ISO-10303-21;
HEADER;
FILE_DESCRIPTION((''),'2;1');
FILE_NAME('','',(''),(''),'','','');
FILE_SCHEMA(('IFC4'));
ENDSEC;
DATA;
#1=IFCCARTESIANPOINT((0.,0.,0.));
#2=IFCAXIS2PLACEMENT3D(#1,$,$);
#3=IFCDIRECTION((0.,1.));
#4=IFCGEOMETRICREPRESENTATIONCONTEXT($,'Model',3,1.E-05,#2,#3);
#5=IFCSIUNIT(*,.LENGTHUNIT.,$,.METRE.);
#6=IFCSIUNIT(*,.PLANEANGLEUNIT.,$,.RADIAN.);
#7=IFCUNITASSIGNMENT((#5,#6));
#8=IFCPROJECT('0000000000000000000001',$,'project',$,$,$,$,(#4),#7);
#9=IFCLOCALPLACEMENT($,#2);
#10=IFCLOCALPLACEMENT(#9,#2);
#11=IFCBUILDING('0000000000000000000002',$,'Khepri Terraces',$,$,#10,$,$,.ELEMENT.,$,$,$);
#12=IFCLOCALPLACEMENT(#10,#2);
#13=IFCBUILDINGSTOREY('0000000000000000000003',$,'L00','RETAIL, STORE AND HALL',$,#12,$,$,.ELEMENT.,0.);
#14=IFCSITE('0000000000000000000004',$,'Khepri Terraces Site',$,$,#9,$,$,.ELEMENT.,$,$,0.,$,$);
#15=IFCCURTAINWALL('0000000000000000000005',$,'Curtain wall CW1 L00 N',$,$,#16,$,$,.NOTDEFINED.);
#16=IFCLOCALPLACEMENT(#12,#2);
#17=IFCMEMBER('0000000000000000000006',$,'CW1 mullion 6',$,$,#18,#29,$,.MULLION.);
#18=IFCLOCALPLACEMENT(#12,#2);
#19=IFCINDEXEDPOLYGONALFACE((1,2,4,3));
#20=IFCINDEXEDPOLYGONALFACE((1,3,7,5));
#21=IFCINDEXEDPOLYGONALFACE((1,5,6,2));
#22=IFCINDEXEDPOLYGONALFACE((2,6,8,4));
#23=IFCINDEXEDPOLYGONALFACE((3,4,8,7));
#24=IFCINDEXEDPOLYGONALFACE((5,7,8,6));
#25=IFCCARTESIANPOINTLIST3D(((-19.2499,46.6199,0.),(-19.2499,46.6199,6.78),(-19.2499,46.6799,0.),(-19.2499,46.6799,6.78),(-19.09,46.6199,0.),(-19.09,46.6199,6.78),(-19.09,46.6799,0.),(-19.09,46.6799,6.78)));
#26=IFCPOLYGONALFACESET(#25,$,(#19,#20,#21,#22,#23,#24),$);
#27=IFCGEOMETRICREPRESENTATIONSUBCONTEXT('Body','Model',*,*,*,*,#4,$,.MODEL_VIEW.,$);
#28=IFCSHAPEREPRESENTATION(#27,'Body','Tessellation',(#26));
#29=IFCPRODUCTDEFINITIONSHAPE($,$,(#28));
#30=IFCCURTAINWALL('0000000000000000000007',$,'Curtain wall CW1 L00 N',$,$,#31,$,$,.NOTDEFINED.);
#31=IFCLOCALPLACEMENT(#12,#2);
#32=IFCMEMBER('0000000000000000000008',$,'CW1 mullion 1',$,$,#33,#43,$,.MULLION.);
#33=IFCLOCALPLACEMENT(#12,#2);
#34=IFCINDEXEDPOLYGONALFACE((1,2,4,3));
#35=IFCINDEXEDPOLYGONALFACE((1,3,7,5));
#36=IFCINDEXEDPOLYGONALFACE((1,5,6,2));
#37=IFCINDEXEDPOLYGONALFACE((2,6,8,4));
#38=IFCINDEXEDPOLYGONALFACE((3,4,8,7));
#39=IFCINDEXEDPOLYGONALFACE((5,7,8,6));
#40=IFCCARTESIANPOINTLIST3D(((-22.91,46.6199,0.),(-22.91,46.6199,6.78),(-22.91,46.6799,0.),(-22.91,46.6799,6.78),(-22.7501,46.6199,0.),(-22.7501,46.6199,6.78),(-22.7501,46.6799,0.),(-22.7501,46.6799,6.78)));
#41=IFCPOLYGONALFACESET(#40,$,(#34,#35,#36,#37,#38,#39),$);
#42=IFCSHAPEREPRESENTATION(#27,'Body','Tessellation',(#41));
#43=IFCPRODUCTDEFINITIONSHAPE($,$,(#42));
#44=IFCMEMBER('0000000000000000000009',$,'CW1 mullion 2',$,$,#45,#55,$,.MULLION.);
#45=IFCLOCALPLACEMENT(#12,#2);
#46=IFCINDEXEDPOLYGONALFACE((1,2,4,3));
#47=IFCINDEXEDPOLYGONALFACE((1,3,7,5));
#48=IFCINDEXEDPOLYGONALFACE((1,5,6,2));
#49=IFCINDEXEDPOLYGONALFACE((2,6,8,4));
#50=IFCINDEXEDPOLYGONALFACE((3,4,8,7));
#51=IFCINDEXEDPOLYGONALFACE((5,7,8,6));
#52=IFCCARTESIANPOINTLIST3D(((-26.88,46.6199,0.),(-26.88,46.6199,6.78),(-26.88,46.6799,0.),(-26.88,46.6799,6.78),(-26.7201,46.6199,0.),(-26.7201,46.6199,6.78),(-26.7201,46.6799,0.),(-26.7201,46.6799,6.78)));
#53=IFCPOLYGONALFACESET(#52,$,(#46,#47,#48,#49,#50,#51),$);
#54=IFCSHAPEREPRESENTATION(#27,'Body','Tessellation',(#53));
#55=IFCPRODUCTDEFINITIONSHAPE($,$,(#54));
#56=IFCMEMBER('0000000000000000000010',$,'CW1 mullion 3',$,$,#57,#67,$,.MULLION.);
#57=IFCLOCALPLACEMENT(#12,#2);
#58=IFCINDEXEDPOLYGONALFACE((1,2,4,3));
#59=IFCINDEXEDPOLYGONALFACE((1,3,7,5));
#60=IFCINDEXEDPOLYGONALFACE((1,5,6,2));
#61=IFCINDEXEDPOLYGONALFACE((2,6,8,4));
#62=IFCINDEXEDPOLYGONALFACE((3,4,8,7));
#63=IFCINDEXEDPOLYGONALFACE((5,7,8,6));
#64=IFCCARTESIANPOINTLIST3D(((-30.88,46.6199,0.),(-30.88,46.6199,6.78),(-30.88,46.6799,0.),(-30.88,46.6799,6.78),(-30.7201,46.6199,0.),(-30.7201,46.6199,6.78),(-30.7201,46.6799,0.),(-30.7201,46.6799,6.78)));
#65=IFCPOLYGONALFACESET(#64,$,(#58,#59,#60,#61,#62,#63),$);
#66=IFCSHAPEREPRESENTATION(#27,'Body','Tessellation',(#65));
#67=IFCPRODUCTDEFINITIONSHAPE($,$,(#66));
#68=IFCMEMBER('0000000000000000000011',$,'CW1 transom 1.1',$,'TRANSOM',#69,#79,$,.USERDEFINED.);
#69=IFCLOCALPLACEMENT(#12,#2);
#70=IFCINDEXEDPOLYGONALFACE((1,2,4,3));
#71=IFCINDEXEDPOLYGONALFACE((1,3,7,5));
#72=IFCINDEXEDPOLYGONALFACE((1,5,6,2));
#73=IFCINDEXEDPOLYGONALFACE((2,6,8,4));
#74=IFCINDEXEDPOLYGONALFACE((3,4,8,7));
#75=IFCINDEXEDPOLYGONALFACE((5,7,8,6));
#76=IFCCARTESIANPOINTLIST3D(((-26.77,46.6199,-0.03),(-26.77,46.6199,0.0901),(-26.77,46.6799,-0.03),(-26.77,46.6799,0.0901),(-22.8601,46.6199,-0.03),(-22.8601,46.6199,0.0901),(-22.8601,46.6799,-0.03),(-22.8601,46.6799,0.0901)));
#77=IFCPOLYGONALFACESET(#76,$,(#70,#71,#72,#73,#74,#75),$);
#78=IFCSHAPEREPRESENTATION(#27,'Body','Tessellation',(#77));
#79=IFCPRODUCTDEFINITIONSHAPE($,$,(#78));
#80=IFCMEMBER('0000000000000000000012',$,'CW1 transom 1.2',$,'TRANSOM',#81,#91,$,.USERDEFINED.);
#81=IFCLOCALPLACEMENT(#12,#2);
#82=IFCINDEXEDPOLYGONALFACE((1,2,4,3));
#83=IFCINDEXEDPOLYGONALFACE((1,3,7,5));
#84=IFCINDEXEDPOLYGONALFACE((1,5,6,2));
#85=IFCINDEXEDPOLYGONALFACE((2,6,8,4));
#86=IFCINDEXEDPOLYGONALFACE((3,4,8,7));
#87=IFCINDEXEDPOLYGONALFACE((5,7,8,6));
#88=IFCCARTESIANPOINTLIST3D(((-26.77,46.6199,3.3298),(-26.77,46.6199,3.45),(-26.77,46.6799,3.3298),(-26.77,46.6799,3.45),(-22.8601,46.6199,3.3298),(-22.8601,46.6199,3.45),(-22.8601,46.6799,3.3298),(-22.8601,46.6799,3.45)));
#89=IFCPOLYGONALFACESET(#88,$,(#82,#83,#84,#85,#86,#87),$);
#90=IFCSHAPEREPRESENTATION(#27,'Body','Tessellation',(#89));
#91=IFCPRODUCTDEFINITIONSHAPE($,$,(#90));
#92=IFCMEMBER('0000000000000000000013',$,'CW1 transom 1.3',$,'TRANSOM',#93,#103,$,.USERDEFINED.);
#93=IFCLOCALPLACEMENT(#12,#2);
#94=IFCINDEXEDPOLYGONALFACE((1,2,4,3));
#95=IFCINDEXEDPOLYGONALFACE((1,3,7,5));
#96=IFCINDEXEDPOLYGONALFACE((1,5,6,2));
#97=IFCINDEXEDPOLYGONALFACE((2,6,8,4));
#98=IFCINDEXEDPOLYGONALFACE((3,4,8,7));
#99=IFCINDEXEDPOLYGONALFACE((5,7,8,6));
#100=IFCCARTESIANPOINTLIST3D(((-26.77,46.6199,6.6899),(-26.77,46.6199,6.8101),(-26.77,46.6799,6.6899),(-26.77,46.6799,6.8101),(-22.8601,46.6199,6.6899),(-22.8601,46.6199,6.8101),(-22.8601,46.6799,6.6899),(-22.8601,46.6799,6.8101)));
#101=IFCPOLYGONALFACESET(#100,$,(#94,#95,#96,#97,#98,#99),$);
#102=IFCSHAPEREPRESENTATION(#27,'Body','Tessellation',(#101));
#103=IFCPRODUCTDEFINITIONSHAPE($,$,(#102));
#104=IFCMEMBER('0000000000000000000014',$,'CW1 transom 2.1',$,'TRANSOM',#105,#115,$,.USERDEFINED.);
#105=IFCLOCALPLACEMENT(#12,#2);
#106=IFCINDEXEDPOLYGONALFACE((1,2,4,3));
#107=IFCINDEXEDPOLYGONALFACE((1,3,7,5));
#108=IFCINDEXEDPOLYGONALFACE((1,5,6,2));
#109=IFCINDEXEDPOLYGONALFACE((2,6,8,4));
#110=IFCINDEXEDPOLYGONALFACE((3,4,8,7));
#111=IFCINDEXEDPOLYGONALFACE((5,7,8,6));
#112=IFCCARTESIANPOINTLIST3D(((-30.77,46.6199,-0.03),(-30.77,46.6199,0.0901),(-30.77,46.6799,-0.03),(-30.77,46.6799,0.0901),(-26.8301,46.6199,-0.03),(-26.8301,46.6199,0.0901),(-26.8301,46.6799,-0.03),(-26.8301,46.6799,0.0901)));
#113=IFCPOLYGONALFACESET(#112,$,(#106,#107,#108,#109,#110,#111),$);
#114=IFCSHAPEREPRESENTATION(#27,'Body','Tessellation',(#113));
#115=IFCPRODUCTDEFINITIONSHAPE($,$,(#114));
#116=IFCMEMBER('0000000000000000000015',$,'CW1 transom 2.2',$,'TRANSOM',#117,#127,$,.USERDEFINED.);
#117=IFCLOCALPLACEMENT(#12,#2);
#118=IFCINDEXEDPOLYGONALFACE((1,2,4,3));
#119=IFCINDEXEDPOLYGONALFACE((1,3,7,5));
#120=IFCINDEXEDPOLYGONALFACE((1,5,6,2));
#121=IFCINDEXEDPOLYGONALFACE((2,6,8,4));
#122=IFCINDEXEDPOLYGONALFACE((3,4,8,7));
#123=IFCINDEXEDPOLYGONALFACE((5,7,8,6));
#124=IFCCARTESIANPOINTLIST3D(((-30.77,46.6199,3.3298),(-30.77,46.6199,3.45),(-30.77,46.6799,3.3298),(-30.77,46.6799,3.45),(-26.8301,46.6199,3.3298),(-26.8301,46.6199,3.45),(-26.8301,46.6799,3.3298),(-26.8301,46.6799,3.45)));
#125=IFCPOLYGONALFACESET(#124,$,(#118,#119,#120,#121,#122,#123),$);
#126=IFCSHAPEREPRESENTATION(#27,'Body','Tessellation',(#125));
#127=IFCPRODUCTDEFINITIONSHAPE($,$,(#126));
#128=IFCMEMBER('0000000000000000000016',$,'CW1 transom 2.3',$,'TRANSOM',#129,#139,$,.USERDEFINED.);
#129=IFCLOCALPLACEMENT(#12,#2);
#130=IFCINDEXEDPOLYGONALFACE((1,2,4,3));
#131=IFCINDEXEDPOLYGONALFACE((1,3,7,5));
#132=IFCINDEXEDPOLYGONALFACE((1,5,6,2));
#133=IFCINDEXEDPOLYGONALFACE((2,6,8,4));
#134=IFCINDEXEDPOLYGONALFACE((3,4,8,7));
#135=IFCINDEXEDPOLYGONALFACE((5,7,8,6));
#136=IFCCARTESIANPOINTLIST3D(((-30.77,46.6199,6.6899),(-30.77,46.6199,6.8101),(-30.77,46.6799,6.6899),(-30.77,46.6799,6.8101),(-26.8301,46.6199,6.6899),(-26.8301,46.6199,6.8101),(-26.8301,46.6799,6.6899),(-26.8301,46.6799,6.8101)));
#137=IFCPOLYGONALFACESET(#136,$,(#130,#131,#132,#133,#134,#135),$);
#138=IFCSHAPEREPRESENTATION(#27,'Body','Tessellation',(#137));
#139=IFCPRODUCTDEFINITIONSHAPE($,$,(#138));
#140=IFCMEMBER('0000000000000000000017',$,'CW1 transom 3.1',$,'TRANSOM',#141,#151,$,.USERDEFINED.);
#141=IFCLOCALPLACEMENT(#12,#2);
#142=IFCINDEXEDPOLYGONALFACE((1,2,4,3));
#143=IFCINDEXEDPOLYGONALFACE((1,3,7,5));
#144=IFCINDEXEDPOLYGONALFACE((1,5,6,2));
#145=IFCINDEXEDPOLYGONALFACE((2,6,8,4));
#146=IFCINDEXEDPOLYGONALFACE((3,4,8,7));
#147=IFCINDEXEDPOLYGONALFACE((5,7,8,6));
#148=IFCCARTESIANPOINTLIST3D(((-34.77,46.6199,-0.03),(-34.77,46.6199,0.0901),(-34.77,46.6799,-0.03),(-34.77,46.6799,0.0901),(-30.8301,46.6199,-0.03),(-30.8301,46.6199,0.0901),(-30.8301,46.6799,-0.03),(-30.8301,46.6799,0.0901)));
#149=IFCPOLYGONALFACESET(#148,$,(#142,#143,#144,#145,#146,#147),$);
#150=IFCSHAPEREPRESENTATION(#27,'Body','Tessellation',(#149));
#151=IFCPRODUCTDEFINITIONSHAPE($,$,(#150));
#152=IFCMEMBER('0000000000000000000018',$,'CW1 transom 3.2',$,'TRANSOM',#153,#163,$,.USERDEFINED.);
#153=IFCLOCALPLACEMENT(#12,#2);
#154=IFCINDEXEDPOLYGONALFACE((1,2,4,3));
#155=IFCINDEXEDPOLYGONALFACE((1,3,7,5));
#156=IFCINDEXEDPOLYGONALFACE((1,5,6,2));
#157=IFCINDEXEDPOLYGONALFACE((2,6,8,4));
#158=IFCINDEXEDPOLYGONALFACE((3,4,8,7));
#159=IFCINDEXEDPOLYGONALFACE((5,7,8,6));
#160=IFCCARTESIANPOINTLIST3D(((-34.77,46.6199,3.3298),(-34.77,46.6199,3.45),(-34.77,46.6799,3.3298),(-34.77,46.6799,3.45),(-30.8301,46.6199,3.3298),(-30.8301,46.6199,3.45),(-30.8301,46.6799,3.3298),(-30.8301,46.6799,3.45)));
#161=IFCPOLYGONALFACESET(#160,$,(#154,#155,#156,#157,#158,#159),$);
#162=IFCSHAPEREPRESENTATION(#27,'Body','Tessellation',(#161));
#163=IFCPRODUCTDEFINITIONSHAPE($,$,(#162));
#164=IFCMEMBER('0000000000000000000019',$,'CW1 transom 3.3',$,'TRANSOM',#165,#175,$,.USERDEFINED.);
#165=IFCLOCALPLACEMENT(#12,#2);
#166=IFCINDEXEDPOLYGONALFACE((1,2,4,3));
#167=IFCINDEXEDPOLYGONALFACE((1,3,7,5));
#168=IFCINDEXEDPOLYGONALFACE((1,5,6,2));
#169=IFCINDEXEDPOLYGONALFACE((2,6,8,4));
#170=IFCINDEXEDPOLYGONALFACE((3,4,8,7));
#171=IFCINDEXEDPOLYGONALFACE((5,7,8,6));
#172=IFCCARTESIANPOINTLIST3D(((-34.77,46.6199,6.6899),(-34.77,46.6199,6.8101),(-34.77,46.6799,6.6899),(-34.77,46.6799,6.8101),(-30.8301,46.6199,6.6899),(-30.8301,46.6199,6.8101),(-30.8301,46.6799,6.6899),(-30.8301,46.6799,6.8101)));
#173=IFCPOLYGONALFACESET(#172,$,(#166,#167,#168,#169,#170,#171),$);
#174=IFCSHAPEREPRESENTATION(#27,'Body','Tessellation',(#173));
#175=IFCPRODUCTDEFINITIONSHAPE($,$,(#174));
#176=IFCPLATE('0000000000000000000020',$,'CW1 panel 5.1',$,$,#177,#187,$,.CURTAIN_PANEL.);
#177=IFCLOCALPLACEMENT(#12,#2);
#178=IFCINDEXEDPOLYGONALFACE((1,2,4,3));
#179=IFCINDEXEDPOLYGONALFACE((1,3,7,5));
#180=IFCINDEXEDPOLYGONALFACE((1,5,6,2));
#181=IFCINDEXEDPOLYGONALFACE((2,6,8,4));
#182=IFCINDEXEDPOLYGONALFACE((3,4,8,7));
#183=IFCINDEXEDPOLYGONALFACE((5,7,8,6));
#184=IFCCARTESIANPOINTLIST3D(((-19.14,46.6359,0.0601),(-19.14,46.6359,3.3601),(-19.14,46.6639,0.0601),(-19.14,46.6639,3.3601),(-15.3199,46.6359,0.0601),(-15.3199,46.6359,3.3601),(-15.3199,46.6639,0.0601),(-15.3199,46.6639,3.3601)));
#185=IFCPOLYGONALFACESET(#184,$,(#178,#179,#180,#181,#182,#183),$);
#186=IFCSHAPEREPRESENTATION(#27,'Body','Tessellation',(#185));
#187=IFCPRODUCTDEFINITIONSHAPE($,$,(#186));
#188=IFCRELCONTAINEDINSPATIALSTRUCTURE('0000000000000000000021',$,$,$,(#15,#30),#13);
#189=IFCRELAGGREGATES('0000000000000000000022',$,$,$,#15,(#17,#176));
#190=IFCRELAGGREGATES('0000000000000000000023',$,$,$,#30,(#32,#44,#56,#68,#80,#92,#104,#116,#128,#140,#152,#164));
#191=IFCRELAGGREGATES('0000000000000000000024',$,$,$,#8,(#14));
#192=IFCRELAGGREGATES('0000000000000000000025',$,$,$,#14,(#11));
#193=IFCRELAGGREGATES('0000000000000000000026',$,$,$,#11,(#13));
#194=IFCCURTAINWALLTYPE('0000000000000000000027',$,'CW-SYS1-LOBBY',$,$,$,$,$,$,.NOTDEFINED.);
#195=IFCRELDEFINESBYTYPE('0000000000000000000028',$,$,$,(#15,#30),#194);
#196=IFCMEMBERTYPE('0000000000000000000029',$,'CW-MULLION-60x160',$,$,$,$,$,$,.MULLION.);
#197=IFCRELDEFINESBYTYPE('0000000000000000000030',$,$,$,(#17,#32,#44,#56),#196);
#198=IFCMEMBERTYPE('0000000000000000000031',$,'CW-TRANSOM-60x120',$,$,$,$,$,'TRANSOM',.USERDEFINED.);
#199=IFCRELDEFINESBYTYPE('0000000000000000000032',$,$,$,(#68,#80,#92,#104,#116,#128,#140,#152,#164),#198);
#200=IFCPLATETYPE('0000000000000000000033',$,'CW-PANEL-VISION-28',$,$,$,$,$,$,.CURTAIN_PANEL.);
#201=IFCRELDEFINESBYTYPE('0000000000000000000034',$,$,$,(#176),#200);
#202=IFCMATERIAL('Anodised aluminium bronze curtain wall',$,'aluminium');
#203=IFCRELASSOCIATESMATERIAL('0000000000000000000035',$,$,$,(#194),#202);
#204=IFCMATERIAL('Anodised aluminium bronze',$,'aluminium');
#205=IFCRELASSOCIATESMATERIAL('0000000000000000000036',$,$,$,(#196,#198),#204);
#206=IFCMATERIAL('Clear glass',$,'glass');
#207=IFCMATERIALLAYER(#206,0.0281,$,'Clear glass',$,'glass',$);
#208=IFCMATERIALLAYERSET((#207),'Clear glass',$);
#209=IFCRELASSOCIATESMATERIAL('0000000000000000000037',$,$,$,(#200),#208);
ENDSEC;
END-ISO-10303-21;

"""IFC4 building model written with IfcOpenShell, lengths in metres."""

from ifc_helpers import new_model, si_unit, direction, frame, origin, origin_2d, place, context, subcontext, project, spatial, rectangle, extrude, material, layer, layer_set, material_profile, profile_set, type_object, element, aggregate, save


model = new_model("IFC4")

# Units and contexts
model_context = context("Model", 3, precision=1e-05, world=origin(), true_north=direction((0.0, 1.0)))
body_context = subcontext(model_context, "Body", "Model", "MODEL_VIEW")
ifc_project = project(units=[si_unit("LENGTHUNIT", "METRE"), si_unit("PLANEANGLEUNIT", "RADIAN")], contexts=[model_context])

# Site, building, storey
site_placement = place(None, origin())
site = spatial("IfcSite", under=ifc_project, at=site_placement, Name="Khepri Terraces Site", CompositionType="ELEMENT", RefElevation=0.0)
building_placement = place(site_placement, origin())
building = spatial("IfcBuilding", under=site, at=building_placement, Name="Khepri Terraces", CompositionType="ELEMENT")
storey_placement = place(building_placement, origin())
storey = spatial("IfcBuildingStorey", under=building, at=storey_placement, Name="L00", Description="RETAIL, STORE AND HALL", CompositionType="ELEMENT", Elevation=0.0)

# Curtain wall, member
ifc_material_1 = material(Name="Anodised aluminium bronze curtain wall", Category="aluminium")
curtain_wall_type = type_object("IfcCurtainWallType", Name="CW-SYS1-LOBBY", PredefinedType="NOTDEFINED", material=ifc_material_1)
curtain_wall_1_placement = place(storey_placement, origin())
curtain_wall_1 = element("IfcCurtainWall", 1, at=curtain_wall_1_placement, inside=storey, type_object=curtain_wall_type, Name="Curtain wall CW1 L00 N", PredefinedType="NOTDEFINED")
ifc_material_2 = material(Name="Anodised aluminium bronze", Category="aluminium")
ifc_material_profile_1 = material_profile(ifc_material_2, rectangle(XDim=0.0601, YDim=0.1599, at=origin_2d()), Name="Anodised aluminium bronze", Category="aluminium")
ifc_profile_set_1 = profile_set([ifc_material_profile_1], Name="Anodised aluminium bronze")
member_type_1 = type_object("IfcMemberType", Name="CW-MULLION-60x160", PredefinedType="MULLION", material=ifc_profile_set_1)
member_1_placement = place(storey_placement, frame((-19.1699, 46.6499, 0.0), z_axis=(0.0, 0.0, 1.0), x_axis=(0.0, -1.0, 0.0)))
member_1 = element("IfcMember", 2, at=member_1_placement, type_object=member_type_1, Name="CW1 mullion 6", PredefinedType="MULLION", context=body_context, shape_type="SweptSolid", body=[
    extrude(rectangle(XDim=0.0601, YDim=0.1599, at=origin_2d()), origin(), (0.0, 0.0, 1.0), 6.78),
])

# Curtain wall, members
curtain_wall_2_placement = place(storey_placement, origin())
curtain_wall_2 = element("IfcCurtainWall", 3, at=curtain_wall_2_placement, inside=storey, type_object=curtain_wall_type, Name="Curtain wall CW1 L00 N", PredefinedType="NOTDEFINED")
member_2_placement = place(storey_placement, frame((-22.8301, 46.6499, 0.0), z_axis=(0.0, 0.0, 1.0), x_axis=(0.0, -1.0, 0.0)))
member_2 = element("IfcMember", 4, at=member_2_placement, type_object=member_type_1, Name="CW1 mullion 1", PredefinedType="MULLION", context=body_context, shape_type="SweptSolid", body=[
    extrude(rectangle(XDim=0.0601, YDim=0.1599, at=origin_2d()), origin(), (0.0, 0.0, 1.0), 6.78),
])
member_3_placement = place(storey_placement, frame((-26.8, 46.6499, 0.0), z_axis=(0.0, 0.0, 1.0), x_axis=(0.0, -1.0, 0.0)))
member_3 = element("IfcMember", 5, at=member_3_placement, type_object=member_type_1, Name="CW1 mullion 2", PredefinedType="MULLION", context=body_context, shape_type="SweptSolid", body=[
    extrude(rectangle(XDim=0.0601, YDim=0.1599, at=origin_2d()), origin(), (0.0, 0.0, 1.0), 6.78),
])
member_4_placement = place(storey_placement, frame((-30.8, 46.6499, 0.0), z_axis=(0.0, 0.0, 1.0), x_axis=(0.0, -1.0, 0.0)))
member_4 = element("IfcMember", 6, at=member_4_placement, type_object=member_type_1, Name="CW1 mullion 3", PredefinedType="MULLION", context=body_context, shape_type="SweptSolid", body=[
    extrude(rectangle(XDim=0.0601, YDim=0.1599, at=origin_2d()), origin(), (0.0, 0.0, 1.0), 6.78),
])
ifc_material_profile_2 = material_profile(ifc_material_2, rectangle(XDim=0.0601, YDim=0.1201, at=origin_2d()), Name="Anodised aluminium bronze", Category="aluminium")
ifc_profile_set_2 = profile_set([ifc_material_profile_2], Name="Anodised aluminium bronze")
member_type_2 = type_object("IfcMemberType", Name="CW-TRANSOM-60x120", ElementType="TRANSOM", PredefinedType="USERDEFINED", material=ifc_profile_set_2)
member_5_placement = place(storey_placement, frame((-22.8601, 46.6499, 0.03), z_axis=(-1.0, 0.0, 0.0), x_axis=(0.0, -1.0, 0.0)))
member_5 = element("IfcMember", 7, at=member_5_placement, type_object=member_type_2, Name="CW1 transom 1.1", ObjectType="TRANSOM", PredefinedType="USERDEFINED", context=body_context, shape_type="SweptSolid", body=[
    extrude(rectangle(XDim=0.0601, YDim=0.1201, at=origin_2d()), origin(), (0.0, 0.0, 1.0), 3.9099),
])
member_6_placement = place(storey_placement, frame((-22.8601, 46.6499, 3.3899), z_axis=(-1.0, 0.0, 0.0), x_axis=(0.0, -1.0, 0.0)))
member_6 = element("IfcMember", 8, at=member_6_placement, type_object=member_type_2, Name="CW1 transom 1.2", ObjectType="TRANSOM", PredefinedType="USERDEFINED", context=body_context, shape_type="SweptSolid", body=[
    extrude(rectangle(XDim=0.0601, YDim=0.1201, at=origin_2d()), origin(), (0.0, 0.0, 1.0), 3.9099),
])
member_7_placement = place(storey_placement, frame((-22.8601, 46.6499, 6.75), z_axis=(-1.0, 0.0, 0.0), x_axis=(0.0, -1.0, 0.0)))
member_7 = element("IfcMember", 9, at=member_7_placement, type_object=member_type_2, Name="CW1 transom 1.3", ObjectType="TRANSOM", PredefinedType="USERDEFINED", context=body_context, shape_type="SweptSolid", body=[
    extrude(rectangle(XDim=0.0601, YDim=0.1201, at=origin_2d()), origin(), (0.0, 0.0, 1.0), 3.9099),
])
member_8_placement = place(storey_placement, frame((-26.8301, 46.6499, 0.03), z_axis=(-1.0, 0.0, 0.0), x_axis=(0.0, -1.0, 0.0)))
member_8 = element("IfcMember", 10, at=member_8_placement, type_object=member_type_2, Name="CW1 transom 2.1", ObjectType="TRANSOM", PredefinedType="USERDEFINED", context=body_context, shape_type="SweptSolid", body=[
    extrude(rectangle(XDim=0.0601, YDim=0.1201, at=origin_2d()), origin(), (0.0, 0.0, 1.0), 3.9399),
])
member_9_placement = place(storey_placement, frame((-26.8301, 46.6499, 3.3899), z_axis=(-1.0, 0.0, 0.0), x_axis=(0.0, -1.0, 0.0)))
member_9 = element("IfcMember", 11, at=member_9_placement, type_object=member_type_2, Name="CW1 transom 2.2", ObjectType="TRANSOM", PredefinedType="USERDEFINED", context=body_context, shape_type="SweptSolid", body=[
    extrude(rectangle(XDim=0.0601, YDim=0.1201, at=origin_2d()), origin(), (0.0, 0.0, 1.0), 3.9399),
])
member_10_placement = place(storey_placement, frame((-26.8301, 46.6499, 6.75), z_axis=(-1.0, 0.0, 0.0), x_axis=(0.0, -1.0, 0.0)))
member_10 = element("IfcMember", 12, at=member_10_placement, type_object=member_type_2, Name="CW1 transom 2.3", ObjectType="TRANSOM", PredefinedType="USERDEFINED", context=body_context, shape_type="SweptSolid", body=[
    extrude(rectangle(XDim=0.0601, YDim=0.1201, at=origin_2d()), origin(), (0.0, 0.0, 1.0), 3.9399),
])
member_11_placement = place(storey_placement, frame((-30.8301, 46.6499, 0.03), z_axis=(-1.0, 0.0, 0.0), x_axis=(0.0, -1.0, 0.0)))
member_11 = element("IfcMember", 13, at=member_11_placement, type_object=member_type_2, Name="CW1 transom 3.1", ObjectType="TRANSOM", PredefinedType="USERDEFINED", context=body_context, shape_type="SweptSolid", body=[
    extrude(rectangle(XDim=0.0601, YDim=0.1201, at=origin_2d()), origin(), (0.0, 0.0, 1.0), 3.9399),
])
member_12_placement = place(storey_placement, frame((-30.8301, 46.6499, 3.3899), z_axis=(-1.0, 0.0, 0.0), x_axis=(0.0, -1.0, 0.0)))
member_12 = element("IfcMember", 14, at=member_12_placement, type_object=member_type_2, Name="CW1 transom 3.2", ObjectType="TRANSOM", PredefinedType="USERDEFINED", context=body_context, shape_type="SweptSolid", body=[
    extrude(rectangle(XDim=0.0601, YDim=0.1201, at=origin_2d()), origin(), (0.0, 0.0, 1.0), 3.9399),
])
member_13_placement = place(storey_placement, frame((-30.8301, 46.6499, 6.75), z_axis=(-1.0, 0.0, 0.0), x_axis=(0.0, -1.0, 0.0)))
member_13 = element("IfcMember", 15, at=member_13_placement, type_object=member_type_2, Name="CW1 transom 3.3", ObjectType="TRANSOM", PredefinedType="USERDEFINED", context=body_context, shape_type="SweptSolid", body=[
    extrude(rectangle(XDim=0.0601, YDim=0.1201, at=origin_2d()), origin(), (0.0, 0.0, 1.0), 3.9399),
])

# Plate
ifc_material_3 = material(Name="Clear glass", Category="glass")
ifc_layer_1 = layer(ifc_material_3, 0.0281, Name="Clear glass", Category="glass")
ifc_layer_set_1 = layer_set([ifc_layer_1], Name="Clear glass")
plate_type = type_object("IfcPlateType", Name="CW-PANEL-VISION-28", PredefinedType="CURTAIN_PANEL", material=ifc_layer_set_1)
plate_1_placement = place(storey_placement, frame((-17.23, 46.6499, 0.0601), z_axis=(0.0, 0.0, 1.0), x_axis=(-1.0, 0.0, 0.0)))
plate_1 = element("IfcPlate", 16, at=plate_1_placement, type_object=plate_type, Name="CW1 panel 5.1", PredefinedType="CURTAIN_PANEL", context=body_context, shape_type="SweptSolid", body=[
    extrude(rectangle(XDim=3.8201, YDim=0.0281, at=origin_2d()), origin(), (0.0, 0.0, 1.0), 3.3),
])
aggregate(curtain_wall_1, [member_1, plate_1])
aggregate(curtain_wall_2, [member_2, member_3, member_4, member_5, member_6, member_7, member_8, member_9, member_10, member_11, member_12, member_13])

save(model, "model.ifc")
